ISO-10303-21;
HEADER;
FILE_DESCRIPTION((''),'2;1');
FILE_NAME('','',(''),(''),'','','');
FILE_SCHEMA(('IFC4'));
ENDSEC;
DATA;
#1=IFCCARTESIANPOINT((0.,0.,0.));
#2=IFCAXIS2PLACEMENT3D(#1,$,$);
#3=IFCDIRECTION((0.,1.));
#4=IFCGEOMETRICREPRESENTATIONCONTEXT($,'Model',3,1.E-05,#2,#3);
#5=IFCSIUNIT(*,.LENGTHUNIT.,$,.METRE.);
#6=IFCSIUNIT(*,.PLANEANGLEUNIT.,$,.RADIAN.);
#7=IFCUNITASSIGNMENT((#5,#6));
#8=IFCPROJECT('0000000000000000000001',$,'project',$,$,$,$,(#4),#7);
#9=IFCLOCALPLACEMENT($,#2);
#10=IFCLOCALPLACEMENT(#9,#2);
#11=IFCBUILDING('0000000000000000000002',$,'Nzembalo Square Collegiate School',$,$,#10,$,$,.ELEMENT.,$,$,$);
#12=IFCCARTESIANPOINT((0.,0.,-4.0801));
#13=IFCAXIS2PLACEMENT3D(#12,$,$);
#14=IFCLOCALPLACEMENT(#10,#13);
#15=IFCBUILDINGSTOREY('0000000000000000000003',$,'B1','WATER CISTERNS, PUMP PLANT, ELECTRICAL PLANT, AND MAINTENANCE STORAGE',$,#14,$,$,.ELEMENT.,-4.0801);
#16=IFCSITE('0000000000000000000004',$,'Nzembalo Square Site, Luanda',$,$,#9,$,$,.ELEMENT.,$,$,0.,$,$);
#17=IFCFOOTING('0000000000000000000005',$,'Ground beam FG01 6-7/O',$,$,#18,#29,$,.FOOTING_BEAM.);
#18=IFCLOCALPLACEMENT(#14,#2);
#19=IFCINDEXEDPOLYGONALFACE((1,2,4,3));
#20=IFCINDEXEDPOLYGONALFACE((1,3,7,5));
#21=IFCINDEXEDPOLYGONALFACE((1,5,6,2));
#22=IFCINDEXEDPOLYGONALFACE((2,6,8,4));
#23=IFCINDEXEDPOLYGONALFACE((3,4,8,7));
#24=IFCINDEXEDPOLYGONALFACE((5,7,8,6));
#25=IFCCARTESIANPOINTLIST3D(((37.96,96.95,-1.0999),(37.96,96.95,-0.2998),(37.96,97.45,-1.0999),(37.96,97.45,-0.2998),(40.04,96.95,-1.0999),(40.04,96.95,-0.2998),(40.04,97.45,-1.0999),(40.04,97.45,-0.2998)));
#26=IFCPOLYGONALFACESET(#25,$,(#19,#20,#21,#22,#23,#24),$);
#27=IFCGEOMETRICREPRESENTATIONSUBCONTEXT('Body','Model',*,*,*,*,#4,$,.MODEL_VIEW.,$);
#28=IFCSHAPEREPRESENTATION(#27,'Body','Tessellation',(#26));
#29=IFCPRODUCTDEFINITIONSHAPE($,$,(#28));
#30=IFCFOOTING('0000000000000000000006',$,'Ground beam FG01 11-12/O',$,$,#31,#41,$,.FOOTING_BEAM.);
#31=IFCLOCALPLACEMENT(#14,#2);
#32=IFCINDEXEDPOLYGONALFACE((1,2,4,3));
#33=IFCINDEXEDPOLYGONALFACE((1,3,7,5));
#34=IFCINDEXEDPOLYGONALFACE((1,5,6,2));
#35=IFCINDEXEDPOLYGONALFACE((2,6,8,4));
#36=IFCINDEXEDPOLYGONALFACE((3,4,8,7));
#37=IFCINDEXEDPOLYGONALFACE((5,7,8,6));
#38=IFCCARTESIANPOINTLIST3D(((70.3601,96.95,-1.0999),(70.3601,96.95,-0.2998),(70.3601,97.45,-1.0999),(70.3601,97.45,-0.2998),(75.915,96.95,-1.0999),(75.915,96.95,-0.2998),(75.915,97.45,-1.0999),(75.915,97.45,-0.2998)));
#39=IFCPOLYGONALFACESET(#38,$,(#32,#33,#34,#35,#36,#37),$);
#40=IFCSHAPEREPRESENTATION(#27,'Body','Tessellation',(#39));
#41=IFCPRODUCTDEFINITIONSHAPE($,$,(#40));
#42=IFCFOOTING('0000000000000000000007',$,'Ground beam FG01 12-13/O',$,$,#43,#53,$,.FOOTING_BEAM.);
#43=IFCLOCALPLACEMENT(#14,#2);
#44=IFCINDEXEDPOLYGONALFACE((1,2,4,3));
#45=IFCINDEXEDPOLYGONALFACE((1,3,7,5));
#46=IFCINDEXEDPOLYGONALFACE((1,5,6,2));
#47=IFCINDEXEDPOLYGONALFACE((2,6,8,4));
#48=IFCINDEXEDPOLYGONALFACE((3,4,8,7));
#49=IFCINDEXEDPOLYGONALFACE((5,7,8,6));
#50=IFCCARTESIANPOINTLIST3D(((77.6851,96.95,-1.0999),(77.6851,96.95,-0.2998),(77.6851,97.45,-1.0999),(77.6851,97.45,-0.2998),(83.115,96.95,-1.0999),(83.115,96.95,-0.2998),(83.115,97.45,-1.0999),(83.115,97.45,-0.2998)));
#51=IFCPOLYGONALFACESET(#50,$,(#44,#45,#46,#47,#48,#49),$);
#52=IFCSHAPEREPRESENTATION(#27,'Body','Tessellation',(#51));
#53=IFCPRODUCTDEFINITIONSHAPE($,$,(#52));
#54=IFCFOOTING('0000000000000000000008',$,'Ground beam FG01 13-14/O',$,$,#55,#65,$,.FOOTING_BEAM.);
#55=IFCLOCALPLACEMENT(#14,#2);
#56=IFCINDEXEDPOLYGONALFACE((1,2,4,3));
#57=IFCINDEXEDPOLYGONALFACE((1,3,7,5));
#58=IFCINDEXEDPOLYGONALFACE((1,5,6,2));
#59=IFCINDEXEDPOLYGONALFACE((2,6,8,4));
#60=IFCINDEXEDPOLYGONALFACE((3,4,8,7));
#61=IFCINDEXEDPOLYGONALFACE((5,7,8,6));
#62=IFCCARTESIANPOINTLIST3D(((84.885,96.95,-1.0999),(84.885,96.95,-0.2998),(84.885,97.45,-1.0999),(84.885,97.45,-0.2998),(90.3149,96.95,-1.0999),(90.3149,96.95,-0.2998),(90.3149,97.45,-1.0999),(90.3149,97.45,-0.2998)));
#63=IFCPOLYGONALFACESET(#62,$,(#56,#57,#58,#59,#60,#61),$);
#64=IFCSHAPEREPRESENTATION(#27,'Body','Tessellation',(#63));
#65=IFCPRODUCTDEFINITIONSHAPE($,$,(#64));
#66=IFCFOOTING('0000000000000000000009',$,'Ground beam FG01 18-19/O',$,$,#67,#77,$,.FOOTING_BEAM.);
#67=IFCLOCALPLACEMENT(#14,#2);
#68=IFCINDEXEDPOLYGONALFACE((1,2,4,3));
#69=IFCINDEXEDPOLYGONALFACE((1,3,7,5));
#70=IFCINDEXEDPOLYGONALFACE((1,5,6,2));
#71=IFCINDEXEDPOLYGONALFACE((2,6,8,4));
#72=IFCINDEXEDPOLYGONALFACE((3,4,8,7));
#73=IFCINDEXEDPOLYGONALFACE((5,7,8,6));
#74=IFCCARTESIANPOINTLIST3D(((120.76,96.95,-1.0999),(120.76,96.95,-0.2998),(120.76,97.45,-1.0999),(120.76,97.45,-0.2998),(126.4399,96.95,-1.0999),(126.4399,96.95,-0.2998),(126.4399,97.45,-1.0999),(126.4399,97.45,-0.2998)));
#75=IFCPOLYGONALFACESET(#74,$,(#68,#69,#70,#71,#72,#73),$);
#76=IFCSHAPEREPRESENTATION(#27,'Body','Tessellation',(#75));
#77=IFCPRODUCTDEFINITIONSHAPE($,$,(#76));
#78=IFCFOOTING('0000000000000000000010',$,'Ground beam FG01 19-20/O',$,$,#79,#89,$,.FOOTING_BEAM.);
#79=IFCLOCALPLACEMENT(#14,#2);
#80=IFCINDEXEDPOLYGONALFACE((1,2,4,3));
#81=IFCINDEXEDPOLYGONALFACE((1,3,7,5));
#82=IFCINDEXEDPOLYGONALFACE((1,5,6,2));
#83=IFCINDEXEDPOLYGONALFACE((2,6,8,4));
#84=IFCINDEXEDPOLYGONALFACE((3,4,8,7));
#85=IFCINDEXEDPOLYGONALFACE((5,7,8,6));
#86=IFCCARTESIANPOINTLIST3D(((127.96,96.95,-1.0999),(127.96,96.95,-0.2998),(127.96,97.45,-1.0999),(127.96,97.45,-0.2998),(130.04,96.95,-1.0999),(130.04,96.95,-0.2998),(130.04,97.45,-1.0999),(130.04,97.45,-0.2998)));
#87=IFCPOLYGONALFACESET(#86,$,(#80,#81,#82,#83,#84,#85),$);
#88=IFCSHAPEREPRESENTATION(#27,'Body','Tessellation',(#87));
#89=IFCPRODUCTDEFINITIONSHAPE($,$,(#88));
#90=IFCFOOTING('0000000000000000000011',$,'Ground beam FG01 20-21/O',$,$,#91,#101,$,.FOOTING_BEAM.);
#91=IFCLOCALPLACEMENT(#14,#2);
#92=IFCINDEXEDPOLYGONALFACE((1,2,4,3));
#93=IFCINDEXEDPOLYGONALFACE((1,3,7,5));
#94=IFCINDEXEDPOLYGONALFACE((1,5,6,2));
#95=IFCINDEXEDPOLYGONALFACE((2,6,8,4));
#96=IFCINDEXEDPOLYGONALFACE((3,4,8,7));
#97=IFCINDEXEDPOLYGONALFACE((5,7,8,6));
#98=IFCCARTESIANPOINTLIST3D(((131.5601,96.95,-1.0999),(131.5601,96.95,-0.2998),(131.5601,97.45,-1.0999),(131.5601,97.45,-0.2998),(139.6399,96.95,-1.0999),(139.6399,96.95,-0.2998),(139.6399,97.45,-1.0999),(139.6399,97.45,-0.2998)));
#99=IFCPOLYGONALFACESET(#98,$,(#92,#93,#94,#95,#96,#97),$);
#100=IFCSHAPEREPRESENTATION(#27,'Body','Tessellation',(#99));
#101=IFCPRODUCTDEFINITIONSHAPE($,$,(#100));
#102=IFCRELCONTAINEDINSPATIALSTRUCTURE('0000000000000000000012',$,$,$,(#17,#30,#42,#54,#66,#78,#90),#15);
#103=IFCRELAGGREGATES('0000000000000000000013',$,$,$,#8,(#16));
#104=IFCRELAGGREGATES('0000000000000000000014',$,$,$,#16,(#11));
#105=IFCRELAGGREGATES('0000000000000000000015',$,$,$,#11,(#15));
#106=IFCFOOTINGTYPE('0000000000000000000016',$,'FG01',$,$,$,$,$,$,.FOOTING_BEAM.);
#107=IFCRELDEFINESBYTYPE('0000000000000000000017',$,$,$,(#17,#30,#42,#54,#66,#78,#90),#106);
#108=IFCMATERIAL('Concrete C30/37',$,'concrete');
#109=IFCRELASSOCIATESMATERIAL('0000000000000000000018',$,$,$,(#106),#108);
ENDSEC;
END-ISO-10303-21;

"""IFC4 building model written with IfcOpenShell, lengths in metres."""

from ifc_helpers import new_model, si_unit, direction, frame, origin, place, context, subcontext, project, spatial, polyline, outline, extrude, material, type_object, element, save


model = new_model("IFC4")

# Units and contexts
model_context = context("Model", 3, precision=1e-05, world=origin(), true_north=direction((0.0, 1.0)))
body_context = subcontext(model_context, "Body", "Model", "MODEL_VIEW")
ifc_project = project(units=[si_unit("LENGTHUNIT", "METRE"), si_unit("PLANEANGLEUNIT", "RADIAN")], contexts=[model_context])

# Site, building, storey
site_placement = place(None, origin())
site = spatial("IfcSite", under=ifc_project, at=site_placement, Name="Nzembalo Square Site, Luanda", CompositionType="ELEMENT", RefElevation=0.0)
building_placement = place(site_placement, origin())
building = spatial("IfcBuilding", under=site, at=building_placement, Name="Nzembalo Square Collegiate School", CompositionType="ELEMENT")
storey_placement = place(building_placement, frame((0.0, 0.0, -4.0801)))
storey = spatial("IfcBuildingStorey", under=building, at=storey_placement, Name="B1", Description="WATER CISTERNS, PUMP PLANT, ELECTRICAL PLANT, AND MAINTENANCE STORAGE", CompositionType="ELEMENT", Elevation=-4.0801)

# Footings
ifc_material = material(Name="Concrete C30/37", Category="concrete")
footing_type = type_object("IfcFootingType", Name="FG01", PredefinedType="FOOTING_BEAM", material=ifc_material)
footing_1_placement = place(storey_placement, frame((0.0, 0.0, -1.0999)))
element("IfcFooting", 1, at=footing_1_placement, inside=storey, type_object=footing_type, Name="Ground beam FG01 6-7/O", PredefinedType="FOOTING_BEAM", context=body_context, shape_type="SweptSolid", body=[
    extrude(outline(polyline([(37.96, 96.95), (40.04, 96.95), (40.04, 97.45), (37.96, 97.45), (37.96, 96.95)])), origin(), (0.0, 0.0, 1.0), 0.8),
])
footing_2_placement = place(storey_placement, frame((0.0, 0.0, -1.0999)))
element("IfcFooting", 2, at=footing_2_placement, inside=storey, type_object=footing_type, Name="Ground beam FG01 11-12/O", PredefinedType="FOOTING_BEAM", context=body_context, shape_type="SweptSolid", body=[
    extrude(outline(polyline([(70.3601, 96.95), (75.915, 96.95), (75.915, 97.45), (70.3601, 97.45), (70.3601, 96.95)])), origin(), (0.0, 0.0, 1.0), 0.8),
])
footing_3_placement = place(storey_placement, frame((0.0, 0.0, -1.0999)))
element("IfcFooting", 3, at=footing_3_placement, inside=storey, type_object=footing_type, Name="Ground beam FG01 12-13/O", PredefinedType="FOOTING_BEAM", context=body_context, shape_type="SweptSolid", body=[
    extrude(outline(polyline([(77.6851, 96.95), (83.115, 96.95), (83.115, 97.45), (77.6851, 97.45), (77.6851, 96.95)])), origin(), (0.0, 0.0, 1.0), 0.8),
])
footing_4_placement = place(storey_placement, frame((0.0, 0.0, -1.0999)))
element("IfcFooting", 4, at=footing_4_placement, inside=storey, type_object=footing_type, Name="Ground beam FG01 13-14/O", PredefinedType="FOOTING_BEAM", context=body_context, shape_type="SweptSolid", body=[
    extrude(outline(polyline([(84.885, 96.95), (90.3149, 96.95), (90.3149, 97.45), (84.885, 97.45), (84.885, 96.95)])), origin(), (0.0, 0.0, 1.0), 0.8),
])
footing_5_placement = place(storey_placement, frame((0.0, 0.0, -1.0999)))
element("IfcFooting", 5, at=footing_5_placement, inside=storey, type_object=footing_type, Name="Ground beam FG01 18-19/O", PredefinedType="FOOTING_BEAM", context=body_context, shape_type="SweptSolid", body=[
    extrude(outline(polyline([(120.76, 96.95), (126.4399, 96.95), (126.4399, 97.45), (120.76, 97.45), (120.76, 96.95)])), origin(), (0.0, 0.0, 1.0), 0.8),
])
footing_6_placement = place(storey_placement, frame((0.0, 0.0, -1.0999)))
element("IfcFooting", 6, at=footing_6_placement, inside=storey, type_object=footing_type, Name="Ground beam FG01 19-20/O", PredefinedType="FOOTING_BEAM", context=body_context, shape_type="SweptSolid", body=[
    extrude(outline(polyline([(127.96, 96.95), (130.04, 96.95), (130.04, 97.45), (127.96, 97.45), (127.96, 96.95)])), origin(), (0.0, 0.0, 1.0), 0.8),
])
footing_7_placement = place(storey_placement, frame((0.0, 0.0, -1.0999)))
element("IfcFooting", 7, at=footing_7_placement, inside=storey, type_object=footing_type, Name="Ground beam FG01 20-21/O", PredefinedType="FOOTING_BEAM", context=body_context, shape_type="SweptSolid", body=[
    extrude(outline(polyline([(131.5601, 96.95), (139.6399, 96.95), (139.6399, 97.45), (131.5601, 97.45), (131.5601, 96.95)])), origin(), (0.0, 0.0, 1.0), 0.8),
])

save(model, "model.ifc")
